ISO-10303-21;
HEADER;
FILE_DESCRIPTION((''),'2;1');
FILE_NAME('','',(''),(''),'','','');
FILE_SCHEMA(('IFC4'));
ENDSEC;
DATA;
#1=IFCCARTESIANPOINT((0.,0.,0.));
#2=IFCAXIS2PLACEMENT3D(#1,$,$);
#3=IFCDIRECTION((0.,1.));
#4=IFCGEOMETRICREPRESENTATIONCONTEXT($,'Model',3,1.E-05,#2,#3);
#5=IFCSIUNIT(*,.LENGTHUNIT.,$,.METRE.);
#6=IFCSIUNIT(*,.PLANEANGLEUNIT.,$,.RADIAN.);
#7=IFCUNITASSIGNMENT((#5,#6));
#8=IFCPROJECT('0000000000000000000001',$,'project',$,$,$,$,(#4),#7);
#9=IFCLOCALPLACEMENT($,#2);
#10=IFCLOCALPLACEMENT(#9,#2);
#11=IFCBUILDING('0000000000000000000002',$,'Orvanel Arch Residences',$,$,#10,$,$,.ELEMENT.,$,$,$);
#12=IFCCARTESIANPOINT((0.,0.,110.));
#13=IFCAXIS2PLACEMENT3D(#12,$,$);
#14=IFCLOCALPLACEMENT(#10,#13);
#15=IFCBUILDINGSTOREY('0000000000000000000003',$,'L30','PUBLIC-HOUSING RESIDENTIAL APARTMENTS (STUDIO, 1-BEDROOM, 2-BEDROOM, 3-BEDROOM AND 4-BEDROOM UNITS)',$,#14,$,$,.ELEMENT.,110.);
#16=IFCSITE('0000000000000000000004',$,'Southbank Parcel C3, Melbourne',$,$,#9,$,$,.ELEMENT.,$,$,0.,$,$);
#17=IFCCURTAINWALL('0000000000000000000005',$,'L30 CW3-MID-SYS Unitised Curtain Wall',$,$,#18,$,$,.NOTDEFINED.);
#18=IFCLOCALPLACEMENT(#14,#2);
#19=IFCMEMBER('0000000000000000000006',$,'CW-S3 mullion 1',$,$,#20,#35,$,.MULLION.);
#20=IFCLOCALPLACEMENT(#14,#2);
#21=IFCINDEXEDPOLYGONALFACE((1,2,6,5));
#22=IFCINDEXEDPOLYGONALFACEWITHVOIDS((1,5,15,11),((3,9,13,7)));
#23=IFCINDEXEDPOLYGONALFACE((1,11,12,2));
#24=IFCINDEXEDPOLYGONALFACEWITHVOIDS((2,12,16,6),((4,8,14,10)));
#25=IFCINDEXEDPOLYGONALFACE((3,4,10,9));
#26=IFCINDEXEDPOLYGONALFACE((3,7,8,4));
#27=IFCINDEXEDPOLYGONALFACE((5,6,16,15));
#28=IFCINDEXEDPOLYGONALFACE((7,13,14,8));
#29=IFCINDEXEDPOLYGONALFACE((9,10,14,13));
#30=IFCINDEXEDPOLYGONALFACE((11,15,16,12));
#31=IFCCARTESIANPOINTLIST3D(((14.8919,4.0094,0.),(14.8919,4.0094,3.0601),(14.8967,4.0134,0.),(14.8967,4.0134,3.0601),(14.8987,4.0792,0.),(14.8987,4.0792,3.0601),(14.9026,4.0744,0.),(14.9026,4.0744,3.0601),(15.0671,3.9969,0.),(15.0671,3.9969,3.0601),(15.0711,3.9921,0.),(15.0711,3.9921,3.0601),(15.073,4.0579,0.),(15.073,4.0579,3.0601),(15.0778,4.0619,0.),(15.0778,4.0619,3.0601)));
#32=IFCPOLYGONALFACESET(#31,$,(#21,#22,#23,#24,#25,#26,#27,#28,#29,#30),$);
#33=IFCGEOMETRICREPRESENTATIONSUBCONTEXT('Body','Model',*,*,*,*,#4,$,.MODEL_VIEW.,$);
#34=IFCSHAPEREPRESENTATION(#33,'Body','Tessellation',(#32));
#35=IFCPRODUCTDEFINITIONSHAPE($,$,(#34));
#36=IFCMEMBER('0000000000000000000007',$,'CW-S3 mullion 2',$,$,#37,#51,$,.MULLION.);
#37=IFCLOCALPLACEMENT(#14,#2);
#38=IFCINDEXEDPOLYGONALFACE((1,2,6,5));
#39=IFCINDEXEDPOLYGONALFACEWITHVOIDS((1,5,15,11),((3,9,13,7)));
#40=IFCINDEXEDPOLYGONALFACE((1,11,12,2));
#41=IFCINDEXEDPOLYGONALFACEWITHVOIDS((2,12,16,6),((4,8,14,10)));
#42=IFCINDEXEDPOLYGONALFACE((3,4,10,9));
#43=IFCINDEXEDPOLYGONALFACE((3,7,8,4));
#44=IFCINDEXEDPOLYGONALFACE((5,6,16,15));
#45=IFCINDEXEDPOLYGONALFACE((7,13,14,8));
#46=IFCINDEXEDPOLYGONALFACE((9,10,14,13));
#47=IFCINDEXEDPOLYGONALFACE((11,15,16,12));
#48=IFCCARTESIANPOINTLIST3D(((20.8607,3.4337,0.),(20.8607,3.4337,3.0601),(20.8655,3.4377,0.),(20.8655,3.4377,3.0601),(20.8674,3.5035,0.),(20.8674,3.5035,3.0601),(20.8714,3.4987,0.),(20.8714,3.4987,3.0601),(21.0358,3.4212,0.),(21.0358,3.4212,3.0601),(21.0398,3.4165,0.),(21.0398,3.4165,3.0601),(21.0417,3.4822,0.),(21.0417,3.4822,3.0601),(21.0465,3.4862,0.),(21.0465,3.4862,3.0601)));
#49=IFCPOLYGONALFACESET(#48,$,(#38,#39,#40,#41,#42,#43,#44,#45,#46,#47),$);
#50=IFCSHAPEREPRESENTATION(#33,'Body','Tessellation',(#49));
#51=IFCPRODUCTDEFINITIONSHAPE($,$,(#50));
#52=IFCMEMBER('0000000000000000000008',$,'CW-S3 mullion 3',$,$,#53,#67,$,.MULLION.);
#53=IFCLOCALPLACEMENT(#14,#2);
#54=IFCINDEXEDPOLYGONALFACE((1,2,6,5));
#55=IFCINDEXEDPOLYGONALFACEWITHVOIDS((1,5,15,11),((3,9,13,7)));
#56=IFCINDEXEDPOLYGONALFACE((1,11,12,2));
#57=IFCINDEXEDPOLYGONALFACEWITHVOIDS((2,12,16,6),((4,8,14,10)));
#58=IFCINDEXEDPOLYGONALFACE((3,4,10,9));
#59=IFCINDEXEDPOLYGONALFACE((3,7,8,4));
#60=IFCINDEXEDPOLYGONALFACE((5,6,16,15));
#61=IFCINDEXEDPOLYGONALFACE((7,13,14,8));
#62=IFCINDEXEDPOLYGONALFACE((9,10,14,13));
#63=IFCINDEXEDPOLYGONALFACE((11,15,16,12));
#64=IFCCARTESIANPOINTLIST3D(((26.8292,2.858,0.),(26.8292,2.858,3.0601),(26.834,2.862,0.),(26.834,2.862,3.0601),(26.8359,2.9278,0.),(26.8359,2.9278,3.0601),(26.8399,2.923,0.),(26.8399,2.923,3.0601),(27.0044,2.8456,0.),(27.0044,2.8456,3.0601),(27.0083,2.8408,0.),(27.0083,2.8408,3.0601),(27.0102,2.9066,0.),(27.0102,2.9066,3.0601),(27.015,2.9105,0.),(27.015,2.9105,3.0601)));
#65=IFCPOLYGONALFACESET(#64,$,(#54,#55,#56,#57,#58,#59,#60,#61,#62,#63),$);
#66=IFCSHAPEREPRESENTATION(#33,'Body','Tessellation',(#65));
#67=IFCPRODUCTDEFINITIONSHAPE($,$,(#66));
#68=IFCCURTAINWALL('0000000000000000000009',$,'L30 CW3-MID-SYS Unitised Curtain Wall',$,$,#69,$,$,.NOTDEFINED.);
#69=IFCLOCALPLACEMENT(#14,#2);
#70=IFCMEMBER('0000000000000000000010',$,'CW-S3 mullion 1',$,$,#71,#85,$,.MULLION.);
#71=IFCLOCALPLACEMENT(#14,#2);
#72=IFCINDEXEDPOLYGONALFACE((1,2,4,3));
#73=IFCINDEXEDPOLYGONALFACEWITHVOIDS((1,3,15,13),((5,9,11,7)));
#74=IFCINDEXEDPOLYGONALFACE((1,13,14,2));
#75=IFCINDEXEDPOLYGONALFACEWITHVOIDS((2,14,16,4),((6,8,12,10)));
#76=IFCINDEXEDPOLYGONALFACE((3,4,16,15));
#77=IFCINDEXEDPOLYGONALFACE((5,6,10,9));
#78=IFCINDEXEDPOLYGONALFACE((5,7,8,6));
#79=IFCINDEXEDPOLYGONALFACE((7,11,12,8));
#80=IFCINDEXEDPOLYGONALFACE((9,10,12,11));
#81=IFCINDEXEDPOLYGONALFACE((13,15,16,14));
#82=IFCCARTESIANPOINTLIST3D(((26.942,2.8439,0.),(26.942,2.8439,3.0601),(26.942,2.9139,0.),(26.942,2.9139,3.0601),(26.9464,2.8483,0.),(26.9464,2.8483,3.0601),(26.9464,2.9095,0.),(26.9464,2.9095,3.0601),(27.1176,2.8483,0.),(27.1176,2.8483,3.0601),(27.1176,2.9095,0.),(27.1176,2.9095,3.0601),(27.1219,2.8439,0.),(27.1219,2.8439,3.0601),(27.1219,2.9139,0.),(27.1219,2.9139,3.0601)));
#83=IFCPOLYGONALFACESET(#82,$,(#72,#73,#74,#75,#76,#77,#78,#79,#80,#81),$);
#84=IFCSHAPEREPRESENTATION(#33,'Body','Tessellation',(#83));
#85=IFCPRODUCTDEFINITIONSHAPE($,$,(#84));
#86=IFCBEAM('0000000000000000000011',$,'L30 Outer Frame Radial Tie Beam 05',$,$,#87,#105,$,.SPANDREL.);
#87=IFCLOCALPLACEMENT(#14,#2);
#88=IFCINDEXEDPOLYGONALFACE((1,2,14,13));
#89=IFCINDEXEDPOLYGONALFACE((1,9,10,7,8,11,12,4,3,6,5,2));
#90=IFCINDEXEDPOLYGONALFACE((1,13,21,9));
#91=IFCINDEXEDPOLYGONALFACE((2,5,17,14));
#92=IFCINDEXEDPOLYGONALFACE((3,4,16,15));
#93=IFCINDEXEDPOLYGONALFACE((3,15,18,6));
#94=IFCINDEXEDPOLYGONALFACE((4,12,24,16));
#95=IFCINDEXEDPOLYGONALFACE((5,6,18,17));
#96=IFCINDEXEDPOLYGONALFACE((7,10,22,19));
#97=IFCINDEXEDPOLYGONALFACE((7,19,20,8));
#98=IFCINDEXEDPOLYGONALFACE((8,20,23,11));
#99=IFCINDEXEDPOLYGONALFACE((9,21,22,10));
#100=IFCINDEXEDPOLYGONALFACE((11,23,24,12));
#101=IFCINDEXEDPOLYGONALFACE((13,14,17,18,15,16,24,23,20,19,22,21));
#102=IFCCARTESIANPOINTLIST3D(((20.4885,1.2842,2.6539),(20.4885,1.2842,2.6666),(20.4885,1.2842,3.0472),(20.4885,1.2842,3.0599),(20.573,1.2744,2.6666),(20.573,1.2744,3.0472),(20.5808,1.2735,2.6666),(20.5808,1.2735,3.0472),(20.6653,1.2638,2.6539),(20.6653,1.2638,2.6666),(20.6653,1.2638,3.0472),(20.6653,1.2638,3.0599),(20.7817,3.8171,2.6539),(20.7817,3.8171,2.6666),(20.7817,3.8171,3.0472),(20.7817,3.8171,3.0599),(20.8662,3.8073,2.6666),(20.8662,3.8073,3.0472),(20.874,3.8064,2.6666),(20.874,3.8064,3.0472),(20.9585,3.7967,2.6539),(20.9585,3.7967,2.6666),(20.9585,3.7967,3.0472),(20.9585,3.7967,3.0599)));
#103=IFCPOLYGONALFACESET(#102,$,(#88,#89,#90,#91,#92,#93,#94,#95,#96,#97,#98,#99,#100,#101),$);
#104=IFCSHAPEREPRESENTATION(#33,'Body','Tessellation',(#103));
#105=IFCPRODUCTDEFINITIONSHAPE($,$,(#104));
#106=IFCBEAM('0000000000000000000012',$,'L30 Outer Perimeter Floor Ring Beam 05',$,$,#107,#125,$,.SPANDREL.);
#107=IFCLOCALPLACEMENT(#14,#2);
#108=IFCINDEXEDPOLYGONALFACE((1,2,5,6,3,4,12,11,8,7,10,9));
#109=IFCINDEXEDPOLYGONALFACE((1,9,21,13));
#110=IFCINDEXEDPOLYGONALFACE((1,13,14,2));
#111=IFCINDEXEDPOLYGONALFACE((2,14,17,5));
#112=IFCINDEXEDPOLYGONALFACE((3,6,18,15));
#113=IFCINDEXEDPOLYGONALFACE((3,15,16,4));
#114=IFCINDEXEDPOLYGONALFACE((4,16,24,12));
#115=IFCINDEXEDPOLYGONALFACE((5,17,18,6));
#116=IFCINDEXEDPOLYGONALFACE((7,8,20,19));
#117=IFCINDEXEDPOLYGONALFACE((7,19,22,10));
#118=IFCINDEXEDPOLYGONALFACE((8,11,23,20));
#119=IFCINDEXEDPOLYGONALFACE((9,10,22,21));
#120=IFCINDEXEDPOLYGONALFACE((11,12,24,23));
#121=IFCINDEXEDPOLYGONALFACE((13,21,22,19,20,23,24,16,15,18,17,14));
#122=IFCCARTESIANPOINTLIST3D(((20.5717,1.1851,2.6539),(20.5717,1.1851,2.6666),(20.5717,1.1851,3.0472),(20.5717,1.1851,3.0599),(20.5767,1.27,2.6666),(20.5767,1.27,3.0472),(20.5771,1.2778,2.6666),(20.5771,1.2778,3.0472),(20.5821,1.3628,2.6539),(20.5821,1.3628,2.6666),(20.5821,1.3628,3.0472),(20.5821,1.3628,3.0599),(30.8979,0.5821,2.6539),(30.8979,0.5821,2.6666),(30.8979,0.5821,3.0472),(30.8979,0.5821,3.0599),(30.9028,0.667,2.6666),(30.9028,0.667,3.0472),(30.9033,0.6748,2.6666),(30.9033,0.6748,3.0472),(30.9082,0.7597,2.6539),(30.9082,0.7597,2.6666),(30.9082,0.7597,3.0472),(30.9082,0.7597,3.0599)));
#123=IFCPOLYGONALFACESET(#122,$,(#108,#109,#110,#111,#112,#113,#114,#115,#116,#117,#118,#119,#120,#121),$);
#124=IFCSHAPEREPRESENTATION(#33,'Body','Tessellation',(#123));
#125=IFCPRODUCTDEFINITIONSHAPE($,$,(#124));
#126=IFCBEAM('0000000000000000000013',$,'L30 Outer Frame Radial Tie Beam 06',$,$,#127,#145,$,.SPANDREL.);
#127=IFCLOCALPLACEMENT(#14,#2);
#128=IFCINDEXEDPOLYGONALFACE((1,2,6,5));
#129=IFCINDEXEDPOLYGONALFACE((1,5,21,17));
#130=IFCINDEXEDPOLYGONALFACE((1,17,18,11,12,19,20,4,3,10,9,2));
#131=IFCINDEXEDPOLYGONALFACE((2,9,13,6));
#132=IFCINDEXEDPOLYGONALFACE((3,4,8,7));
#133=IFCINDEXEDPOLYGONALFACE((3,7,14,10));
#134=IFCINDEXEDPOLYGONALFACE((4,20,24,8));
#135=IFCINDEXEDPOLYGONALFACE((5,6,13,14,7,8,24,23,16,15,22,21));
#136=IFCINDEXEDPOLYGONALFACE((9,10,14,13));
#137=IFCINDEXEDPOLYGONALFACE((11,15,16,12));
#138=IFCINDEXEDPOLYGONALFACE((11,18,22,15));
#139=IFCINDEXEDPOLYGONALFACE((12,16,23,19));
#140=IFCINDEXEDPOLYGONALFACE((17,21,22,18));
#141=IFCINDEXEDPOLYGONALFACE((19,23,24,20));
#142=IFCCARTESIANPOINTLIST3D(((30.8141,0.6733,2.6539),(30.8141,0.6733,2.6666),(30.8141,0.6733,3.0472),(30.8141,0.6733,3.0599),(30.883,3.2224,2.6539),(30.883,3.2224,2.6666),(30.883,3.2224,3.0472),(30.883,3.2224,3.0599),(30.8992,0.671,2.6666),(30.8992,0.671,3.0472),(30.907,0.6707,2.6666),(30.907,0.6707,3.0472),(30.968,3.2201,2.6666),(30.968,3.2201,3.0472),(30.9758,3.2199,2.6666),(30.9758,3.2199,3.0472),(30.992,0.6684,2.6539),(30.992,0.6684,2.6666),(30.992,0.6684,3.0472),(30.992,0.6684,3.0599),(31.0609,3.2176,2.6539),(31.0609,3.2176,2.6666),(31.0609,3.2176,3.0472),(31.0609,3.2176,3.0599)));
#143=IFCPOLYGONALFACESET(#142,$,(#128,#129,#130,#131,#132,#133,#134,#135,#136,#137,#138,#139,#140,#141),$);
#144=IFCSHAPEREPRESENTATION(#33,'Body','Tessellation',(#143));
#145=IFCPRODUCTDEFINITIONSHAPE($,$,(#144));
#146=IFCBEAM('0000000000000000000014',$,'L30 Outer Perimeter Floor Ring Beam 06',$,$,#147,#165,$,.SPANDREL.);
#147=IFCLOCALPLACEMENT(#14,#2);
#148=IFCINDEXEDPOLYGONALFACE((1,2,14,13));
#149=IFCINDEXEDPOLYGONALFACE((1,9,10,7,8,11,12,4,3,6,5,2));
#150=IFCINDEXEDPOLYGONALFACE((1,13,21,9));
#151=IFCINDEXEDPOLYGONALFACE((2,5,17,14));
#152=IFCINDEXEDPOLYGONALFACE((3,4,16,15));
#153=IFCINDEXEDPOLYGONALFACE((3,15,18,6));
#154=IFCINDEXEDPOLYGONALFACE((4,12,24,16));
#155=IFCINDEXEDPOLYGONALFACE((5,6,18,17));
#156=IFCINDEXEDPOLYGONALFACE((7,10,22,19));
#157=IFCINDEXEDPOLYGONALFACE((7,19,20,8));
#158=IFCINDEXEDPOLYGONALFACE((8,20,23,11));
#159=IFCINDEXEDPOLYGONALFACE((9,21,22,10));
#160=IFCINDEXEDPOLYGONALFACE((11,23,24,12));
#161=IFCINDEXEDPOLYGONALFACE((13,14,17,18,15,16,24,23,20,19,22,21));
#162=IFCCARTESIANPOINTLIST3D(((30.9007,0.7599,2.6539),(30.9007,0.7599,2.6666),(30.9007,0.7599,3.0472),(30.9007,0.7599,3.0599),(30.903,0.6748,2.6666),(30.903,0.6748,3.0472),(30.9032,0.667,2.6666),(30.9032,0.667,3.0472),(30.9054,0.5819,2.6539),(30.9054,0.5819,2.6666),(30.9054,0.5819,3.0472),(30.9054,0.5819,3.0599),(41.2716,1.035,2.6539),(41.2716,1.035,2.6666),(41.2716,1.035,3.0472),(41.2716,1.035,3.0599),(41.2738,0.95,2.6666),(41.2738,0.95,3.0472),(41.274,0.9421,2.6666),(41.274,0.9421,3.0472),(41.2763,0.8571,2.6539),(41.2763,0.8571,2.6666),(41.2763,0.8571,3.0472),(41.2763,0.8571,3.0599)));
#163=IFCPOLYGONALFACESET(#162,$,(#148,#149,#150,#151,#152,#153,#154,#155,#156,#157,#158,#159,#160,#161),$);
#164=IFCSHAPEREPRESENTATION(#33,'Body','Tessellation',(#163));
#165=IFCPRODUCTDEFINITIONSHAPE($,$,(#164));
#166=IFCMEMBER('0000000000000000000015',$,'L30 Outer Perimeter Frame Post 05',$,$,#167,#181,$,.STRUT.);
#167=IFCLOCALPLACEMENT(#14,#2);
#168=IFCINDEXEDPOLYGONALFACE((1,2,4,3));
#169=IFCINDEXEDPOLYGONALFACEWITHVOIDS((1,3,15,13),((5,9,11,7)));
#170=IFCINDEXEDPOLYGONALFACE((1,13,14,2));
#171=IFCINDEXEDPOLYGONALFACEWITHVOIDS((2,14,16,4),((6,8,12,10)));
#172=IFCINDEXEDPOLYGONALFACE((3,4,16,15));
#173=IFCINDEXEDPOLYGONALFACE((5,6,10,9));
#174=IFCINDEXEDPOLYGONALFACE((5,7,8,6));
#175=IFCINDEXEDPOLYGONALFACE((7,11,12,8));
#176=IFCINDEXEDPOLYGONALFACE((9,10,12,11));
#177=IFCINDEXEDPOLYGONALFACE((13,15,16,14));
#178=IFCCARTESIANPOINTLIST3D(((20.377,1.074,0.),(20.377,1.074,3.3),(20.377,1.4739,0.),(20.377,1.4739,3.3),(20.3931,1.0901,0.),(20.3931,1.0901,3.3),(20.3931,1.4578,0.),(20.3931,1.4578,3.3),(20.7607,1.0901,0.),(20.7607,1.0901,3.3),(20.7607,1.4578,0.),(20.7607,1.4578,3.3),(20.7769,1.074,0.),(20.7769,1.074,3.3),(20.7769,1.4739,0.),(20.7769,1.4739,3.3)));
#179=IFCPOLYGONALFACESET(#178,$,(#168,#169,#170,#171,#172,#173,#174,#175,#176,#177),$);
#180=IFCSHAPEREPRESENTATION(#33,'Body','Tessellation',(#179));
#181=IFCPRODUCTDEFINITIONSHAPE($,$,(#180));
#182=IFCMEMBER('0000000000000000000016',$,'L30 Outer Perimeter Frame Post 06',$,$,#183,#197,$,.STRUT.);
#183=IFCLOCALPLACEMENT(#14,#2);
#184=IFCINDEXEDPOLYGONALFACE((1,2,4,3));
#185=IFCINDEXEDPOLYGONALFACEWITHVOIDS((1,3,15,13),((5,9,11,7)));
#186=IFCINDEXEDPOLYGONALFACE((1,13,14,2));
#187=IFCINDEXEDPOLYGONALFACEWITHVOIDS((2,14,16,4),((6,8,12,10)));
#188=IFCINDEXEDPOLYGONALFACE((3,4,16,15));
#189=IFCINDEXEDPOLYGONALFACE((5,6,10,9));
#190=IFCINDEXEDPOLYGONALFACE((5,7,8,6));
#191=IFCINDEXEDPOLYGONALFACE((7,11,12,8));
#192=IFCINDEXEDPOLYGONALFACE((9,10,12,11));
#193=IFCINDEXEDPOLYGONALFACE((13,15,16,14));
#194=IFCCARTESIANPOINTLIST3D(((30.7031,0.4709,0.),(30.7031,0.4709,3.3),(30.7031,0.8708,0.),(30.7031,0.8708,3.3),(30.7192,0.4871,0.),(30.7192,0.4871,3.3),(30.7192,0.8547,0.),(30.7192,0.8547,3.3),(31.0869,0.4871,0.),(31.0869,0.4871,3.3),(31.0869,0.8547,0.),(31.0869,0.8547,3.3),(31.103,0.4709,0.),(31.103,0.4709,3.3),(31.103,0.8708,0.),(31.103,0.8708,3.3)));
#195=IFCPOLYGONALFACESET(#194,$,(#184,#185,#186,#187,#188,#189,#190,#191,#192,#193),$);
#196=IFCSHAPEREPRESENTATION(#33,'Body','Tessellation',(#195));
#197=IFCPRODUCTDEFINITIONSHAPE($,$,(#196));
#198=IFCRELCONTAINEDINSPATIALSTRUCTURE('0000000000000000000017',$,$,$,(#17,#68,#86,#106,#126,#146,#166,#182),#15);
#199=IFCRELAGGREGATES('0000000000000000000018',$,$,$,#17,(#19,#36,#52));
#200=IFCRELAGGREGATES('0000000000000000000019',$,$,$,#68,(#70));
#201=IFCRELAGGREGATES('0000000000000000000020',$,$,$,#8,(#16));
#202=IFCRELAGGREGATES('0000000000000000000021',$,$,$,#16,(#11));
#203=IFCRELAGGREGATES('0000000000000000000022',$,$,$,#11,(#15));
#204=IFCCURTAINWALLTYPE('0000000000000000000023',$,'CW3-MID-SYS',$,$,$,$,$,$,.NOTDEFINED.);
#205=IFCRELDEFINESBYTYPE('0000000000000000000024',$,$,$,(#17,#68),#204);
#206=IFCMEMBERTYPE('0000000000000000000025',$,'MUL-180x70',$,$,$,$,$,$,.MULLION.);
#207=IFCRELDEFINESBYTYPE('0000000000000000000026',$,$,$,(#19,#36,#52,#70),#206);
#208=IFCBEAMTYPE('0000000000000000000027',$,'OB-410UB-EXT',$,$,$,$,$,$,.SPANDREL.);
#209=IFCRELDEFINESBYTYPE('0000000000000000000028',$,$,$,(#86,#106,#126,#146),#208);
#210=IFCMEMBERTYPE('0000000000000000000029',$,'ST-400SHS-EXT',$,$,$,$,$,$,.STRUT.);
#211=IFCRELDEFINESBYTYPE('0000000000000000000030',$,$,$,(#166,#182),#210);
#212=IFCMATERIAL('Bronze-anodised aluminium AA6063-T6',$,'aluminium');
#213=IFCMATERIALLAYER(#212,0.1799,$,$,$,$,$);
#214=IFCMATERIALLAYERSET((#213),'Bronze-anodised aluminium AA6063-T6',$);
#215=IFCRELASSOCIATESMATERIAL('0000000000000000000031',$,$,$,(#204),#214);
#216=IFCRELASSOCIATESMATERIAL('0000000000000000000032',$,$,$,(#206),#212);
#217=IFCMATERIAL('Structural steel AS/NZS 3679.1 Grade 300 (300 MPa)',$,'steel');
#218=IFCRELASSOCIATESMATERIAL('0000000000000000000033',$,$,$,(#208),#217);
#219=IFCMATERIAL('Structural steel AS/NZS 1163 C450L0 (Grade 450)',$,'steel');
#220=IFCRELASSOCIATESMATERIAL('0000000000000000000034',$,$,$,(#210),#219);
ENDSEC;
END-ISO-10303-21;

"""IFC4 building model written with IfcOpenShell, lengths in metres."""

from ifc_helpers import new_model, si_unit, direction, frame, origin, origin_2d, place, context, subcontext, project, spatial, hollow_rectangle, i_section, extrude, material, layer, layer_set, material_profile, profile_set, type_object, element, aggregate, save


model = new_model("IFC4")

# Units and contexts
model_context = context("Model", 3, precision=1e-05, world=origin(), true_north=direction((0.0, 1.0)))
body_context = subcontext(model_context, "Body", "Model", "MODEL_VIEW")
ifc_project = project(units=[si_unit("LENGTHUNIT", "METRE"), si_unit("PLANEANGLEUNIT", "RADIAN")], contexts=[model_context])

# Site, building, storey
site_placement = place(None, origin())
site = spatial("IfcSite", under=ifc_project, at=site_placement, Name="Southbank Parcel C3, Melbourne", CompositionType="ELEMENT", RefElevation=0.0)
building_placement = place(site_placement, origin())
building = spatial("IfcBuilding", under=site, at=building_placement, Name="Orvanel Arch Residences", CompositionType="ELEMENT")
storey_placement = place(building_placement, frame((0.0, 0.0, 110.0)))
storey = spatial("IfcBuildingStorey", under=building, at=storey_placement, Name="L30", Description="PUBLIC-HOUSING RESIDENTIAL APARTMENTS (STUDIO, 1-BEDROOM, 2-BEDROOM, 3-BEDROOM AND 4-BEDROOM UNITS)", CompositionType="ELEMENT", Elevation=110.0)

# Curtain wall, members
ifc_material_1 = material(Name="Bronze-anodised aluminium AA6063-T6", Category="aluminium")
ifc_layer_1 = layer(ifc_material_1, 0.1799)
ifc_layer_set_1 = layer_set([ifc_layer_1], Name="Bronze-anodised aluminium AA6063-T6")
curtain_wall_type = type_object("IfcCurtainWallType", Name="CW3-MID-SYS", PredefinedType="NOTDEFINED", material=ifc_layer_set_1)
curtain_wall_1_placement = place(storey_placement, origin())
curtain_wall_1 = element("IfcCurtainWall", 1, at=curtain_wall_1_placement, inside=storey, type_object=curtain_wall_type, Name="L30 CW3-MID-SYS Unitised Curtain Wall", PredefinedType="NOTDEFINED")
ifc_material_profile_1 = material_profile(ifc_material_1, hollow_rectangle(XDim=0.0701, YDim=0.1799, WallThickness=0.0044, at=origin_2d()), Name="ALU180x70x4.5")
ifc_profile_set_1 = profile_set([ifc_material_profile_1], Name="Bronze-anodised aluminium AA6063-T6")
member_type_1 = type_object("IfcMemberType", Name="MUL-180x70", PredefinedType="MULLION", material=ifc_profile_set_1)
member_1_placement = place(storey_placement, frame((14.9849, 4.0356, 0.0), z_axis=(0.0, 0.0, 1.0), x_axis=(0.095998, 0.995381, 0.0)))
member_1 = element("IfcMember", 2, at=member_1_placement, type_object=member_type_1, Name="CW-S3 mullion 1", PredefinedType="MULLION", context=body_context, shape_type="SweptSolid", body=[
    extrude(hollow_rectangle(XDim=0.0701, YDim=0.1799, WallThickness=0.0044, at=origin_2d()), origin(), (0.0, 0.0, 1.0), 3.0601),
])
member_2_placement = place(storey_placement, frame((20.9536, 3.46, 0.0), z_axis=(0.0, 0.0, 1.0), x_axis=(0.095998, 0.995381, 0.0)))
member_2 = element("IfcMember", 3, at=member_2_placement, type_object=member_type_1, Name="CW-S3 mullion 2", PredefinedType="MULLION", context=body_context, shape_type="SweptSolid", body=[
    extrude(hollow_rectangle(XDim=0.0701, YDim=0.1799, WallThickness=0.0044, at=origin_2d()), origin(), (0.0, 0.0, 1.0), 3.0601),
])
member_3_placement = place(storey_placement, frame((26.9221, 2.8843, 0.0), z_axis=(0.0, 0.0, 1.0), x_axis=(0.095998, 0.995381, 0.0)))
member_3 = element("IfcMember", 4, at=member_3_placement, type_object=member_type_1, Name="CW-S3 mullion 3", PredefinedType="MULLION", context=body_context, shape_type="SweptSolid", body=[
    extrude(hollow_rectangle(XDim=0.0701, YDim=0.1799, WallThickness=0.0044, at=origin_2d()), origin(), (0.0, 0.0, 1.0), 3.0601),
])

# Curtain wall, member
curtain_wall_2_placement = place(storey_placement, origin())
curtain_wall_2 = element("IfcCurtainWall", 5, at=curtain_wall_2_placement, inside=storey, type_object=curtain_wall_type, Name="L30 CW3-MID-SYS Unitised Curtain Wall", PredefinedType="NOTDEFINED")
member_4_placement = place(storey_placement, frame((27.032, 2.8789, 0.0), z_axis=(0.0, 0.0, 1.0), x_axis=(0.0, 1.0, 0.0)))
member_4 = element("IfcMember", 6, at=member_4_placement, type_object=member_type_1, Name="CW-S3 mullion 1", PredefinedType="MULLION", context=body_context, shape_type="SweptSolid", body=[
    extrude(hollow_rectangle(XDim=0.0701, YDim=0.1799, WallThickness=0.0044, at=origin_2d()), origin(), (0.0, 0.0, 1.0), 3.0601),
])

# Beams
ifc_material_2 = material(Name="Structural steel AS/NZS 3679.1 Grade 300 (300 MPa)", Category="steel")
ifc_material_profile_2 = material_profile(ifc_material_2, i_section(OverallWidth=0.178, OverallDepth=0.406, WebThickness=0.0078, FlangeThickness=0.0127, at=origin_2d()), Name="410UB59.7")
ifc_profile_set_2 = profile_set([ifc_material_profile_2], Name="Structural steel AS/NZS 3679.1 Grade 300 (300 MPa)")
beam_type = type_object("IfcBeamType", Name="OB-410UB-EXT", PredefinedType="SPANDREL", material=ifc_profile_set_2)
beam_1_placement = place(storey_placement, frame((20.8701, 3.8069, 2.8569), z_axis=(-0.114991, -0.993367, 0.0), x_axis=(0.993367, -0.114991, 0.0)))
element("IfcBeam", 7, at=beam_1_placement, inside=storey, type_object=beam_type, Name="L30 Outer Frame Radial Tie Beam 05", PredefinedType="SPANDREL", context=body_context, shape_type="SweptSolid", body=[
    extrude(i_section(OverallWidth=0.178, OverallDepth=0.406, WebThickness=0.0078, FlangeThickness=0.0127, at=origin_2d()), origin(), (0.0, 0.0, 1.0), 2.5498),
])
beam_2_placement = place(storey_placement, frame((20.5769, 1.2739, 2.8569), z_axis=(0.998299, -0.058299, 0.0), x_axis=(0.058299, 0.998299, 0.0)))
element("IfcBeam", 8, at=beam_2_placement, inside=storey, type_object=beam_type, Name="L30 Outer Perimeter Floor Ring Beam 05", PredefinedType="SPANDREL", context=body_context, shape_type="SweptSolid", body=[
    extrude(i_section(OverallWidth=0.178, OverallDepth=0.406, WebThickness=0.0078, FlangeThickness=0.0127, at=origin_2d()), origin(), (0.0, 0.0, 1.0), 10.3438),
])
beam_3_placement = place(storey_placement, frame((30.9719, 3.22, 2.8569), z_axis=(-0.026999, -0.999635, 0.0), x_axis=(0.999635, -0.026999, 0.0)))
element("IfcBeam", 9, at=beam_3_placement, inside=storey, type_object=beam_type, Name="L30 Outer Frame Radial Tie Beam 06", PredefinedType="SPANDREL", context=body_context, shape_type="SweptSolid", body=[
    extrude(i_section(OverallWidth=0.178, OverallDepth=0.406, WebThickness=0.0078, FlangeThickness=0.0127, at=origin_2d()), origin(), (0.0, 0.0, 1.0), 2.55),
])
beam_4_placement = place(storey_placement, frame((30.9031, 0.6709, 2.8569), z_axis=(0.999648, 0.026521, 0.0), x_axis=(-0.026521, 0.999648, 0.0)))
element("IfcBeam", 10, at=beam_4_placement, inside=storey, type_object=beam_type, Name="L30 Outer Perimeter Floor Ring Beam 06", PredefinedType="SPANDREL", context=body_context, shape_type="SweptSolid", body=[
    extrude(i_section(OverallWidth=0.178, OverallDepth=0.406, WebThickness=0.0078, FlangeThickness=0.0127, at=origin_2d()), origin(), (0.0, 0.0, 1.0), 10.3745),
])

# Members
ifc_material_3 = material(Name="Structural steel AS/NZS 1163 C450L0 (Grade 450)", Category="steel")
ifc_material_profile_3 = material_profile(ifc_material_3, hollow_rectangle(XDim=0.3999, YDim=0.3999, WallThickness=0.0161, at=origin_2d()), Name="SHS400x400x16")
ifc_profile_set_3 = profile_set([ifc_material_profile_3], Name="Structural steel AS/NZS 1163 C450L0 (Grade 450)")
member_type_2 = type_object("IfcMemberType", Name="ST-400SHS-EXT", PredefinedType="STRUT", material=ifc_profile_set_3)
for number, where, z_axis, x_axis, name in (
    (11, (20.5769, 1.2739, 0.0), (0.0, 0.0, 1.0), (1.0, 0.0, 0.0), "L30 Outer Perimeter Frame Post 05"),
    (12, (30.9031, 0.6709, 0.0), (0.0, 0.0, 1.0), (1.0, 0.0, 0.0), "L30 Outer Perimeter Frame Post 06"),
):
    element("IfcMember", number, at=place(storey_placement, frame(where, z_axis=z_axis, x_axis=x_axis)), inside=storey, type_object=member_type_2, Name=name, PredefinedType="STRUT", context=body_context, shape_type="SweptSolid", body=[
        extrude(hollow_rectangle(XDim=0.3999, YDim=0.3999, WallThickness=0.0161, at=origin_2d()), origin(), (0.0, 0.0, 1.0), 3.3),
    ])

aggregate(curtain_wall_1, [member_1, member_2, member_3])
aggregate(curtain_wall_2, [member_4])

save(model, "model.ifc")
